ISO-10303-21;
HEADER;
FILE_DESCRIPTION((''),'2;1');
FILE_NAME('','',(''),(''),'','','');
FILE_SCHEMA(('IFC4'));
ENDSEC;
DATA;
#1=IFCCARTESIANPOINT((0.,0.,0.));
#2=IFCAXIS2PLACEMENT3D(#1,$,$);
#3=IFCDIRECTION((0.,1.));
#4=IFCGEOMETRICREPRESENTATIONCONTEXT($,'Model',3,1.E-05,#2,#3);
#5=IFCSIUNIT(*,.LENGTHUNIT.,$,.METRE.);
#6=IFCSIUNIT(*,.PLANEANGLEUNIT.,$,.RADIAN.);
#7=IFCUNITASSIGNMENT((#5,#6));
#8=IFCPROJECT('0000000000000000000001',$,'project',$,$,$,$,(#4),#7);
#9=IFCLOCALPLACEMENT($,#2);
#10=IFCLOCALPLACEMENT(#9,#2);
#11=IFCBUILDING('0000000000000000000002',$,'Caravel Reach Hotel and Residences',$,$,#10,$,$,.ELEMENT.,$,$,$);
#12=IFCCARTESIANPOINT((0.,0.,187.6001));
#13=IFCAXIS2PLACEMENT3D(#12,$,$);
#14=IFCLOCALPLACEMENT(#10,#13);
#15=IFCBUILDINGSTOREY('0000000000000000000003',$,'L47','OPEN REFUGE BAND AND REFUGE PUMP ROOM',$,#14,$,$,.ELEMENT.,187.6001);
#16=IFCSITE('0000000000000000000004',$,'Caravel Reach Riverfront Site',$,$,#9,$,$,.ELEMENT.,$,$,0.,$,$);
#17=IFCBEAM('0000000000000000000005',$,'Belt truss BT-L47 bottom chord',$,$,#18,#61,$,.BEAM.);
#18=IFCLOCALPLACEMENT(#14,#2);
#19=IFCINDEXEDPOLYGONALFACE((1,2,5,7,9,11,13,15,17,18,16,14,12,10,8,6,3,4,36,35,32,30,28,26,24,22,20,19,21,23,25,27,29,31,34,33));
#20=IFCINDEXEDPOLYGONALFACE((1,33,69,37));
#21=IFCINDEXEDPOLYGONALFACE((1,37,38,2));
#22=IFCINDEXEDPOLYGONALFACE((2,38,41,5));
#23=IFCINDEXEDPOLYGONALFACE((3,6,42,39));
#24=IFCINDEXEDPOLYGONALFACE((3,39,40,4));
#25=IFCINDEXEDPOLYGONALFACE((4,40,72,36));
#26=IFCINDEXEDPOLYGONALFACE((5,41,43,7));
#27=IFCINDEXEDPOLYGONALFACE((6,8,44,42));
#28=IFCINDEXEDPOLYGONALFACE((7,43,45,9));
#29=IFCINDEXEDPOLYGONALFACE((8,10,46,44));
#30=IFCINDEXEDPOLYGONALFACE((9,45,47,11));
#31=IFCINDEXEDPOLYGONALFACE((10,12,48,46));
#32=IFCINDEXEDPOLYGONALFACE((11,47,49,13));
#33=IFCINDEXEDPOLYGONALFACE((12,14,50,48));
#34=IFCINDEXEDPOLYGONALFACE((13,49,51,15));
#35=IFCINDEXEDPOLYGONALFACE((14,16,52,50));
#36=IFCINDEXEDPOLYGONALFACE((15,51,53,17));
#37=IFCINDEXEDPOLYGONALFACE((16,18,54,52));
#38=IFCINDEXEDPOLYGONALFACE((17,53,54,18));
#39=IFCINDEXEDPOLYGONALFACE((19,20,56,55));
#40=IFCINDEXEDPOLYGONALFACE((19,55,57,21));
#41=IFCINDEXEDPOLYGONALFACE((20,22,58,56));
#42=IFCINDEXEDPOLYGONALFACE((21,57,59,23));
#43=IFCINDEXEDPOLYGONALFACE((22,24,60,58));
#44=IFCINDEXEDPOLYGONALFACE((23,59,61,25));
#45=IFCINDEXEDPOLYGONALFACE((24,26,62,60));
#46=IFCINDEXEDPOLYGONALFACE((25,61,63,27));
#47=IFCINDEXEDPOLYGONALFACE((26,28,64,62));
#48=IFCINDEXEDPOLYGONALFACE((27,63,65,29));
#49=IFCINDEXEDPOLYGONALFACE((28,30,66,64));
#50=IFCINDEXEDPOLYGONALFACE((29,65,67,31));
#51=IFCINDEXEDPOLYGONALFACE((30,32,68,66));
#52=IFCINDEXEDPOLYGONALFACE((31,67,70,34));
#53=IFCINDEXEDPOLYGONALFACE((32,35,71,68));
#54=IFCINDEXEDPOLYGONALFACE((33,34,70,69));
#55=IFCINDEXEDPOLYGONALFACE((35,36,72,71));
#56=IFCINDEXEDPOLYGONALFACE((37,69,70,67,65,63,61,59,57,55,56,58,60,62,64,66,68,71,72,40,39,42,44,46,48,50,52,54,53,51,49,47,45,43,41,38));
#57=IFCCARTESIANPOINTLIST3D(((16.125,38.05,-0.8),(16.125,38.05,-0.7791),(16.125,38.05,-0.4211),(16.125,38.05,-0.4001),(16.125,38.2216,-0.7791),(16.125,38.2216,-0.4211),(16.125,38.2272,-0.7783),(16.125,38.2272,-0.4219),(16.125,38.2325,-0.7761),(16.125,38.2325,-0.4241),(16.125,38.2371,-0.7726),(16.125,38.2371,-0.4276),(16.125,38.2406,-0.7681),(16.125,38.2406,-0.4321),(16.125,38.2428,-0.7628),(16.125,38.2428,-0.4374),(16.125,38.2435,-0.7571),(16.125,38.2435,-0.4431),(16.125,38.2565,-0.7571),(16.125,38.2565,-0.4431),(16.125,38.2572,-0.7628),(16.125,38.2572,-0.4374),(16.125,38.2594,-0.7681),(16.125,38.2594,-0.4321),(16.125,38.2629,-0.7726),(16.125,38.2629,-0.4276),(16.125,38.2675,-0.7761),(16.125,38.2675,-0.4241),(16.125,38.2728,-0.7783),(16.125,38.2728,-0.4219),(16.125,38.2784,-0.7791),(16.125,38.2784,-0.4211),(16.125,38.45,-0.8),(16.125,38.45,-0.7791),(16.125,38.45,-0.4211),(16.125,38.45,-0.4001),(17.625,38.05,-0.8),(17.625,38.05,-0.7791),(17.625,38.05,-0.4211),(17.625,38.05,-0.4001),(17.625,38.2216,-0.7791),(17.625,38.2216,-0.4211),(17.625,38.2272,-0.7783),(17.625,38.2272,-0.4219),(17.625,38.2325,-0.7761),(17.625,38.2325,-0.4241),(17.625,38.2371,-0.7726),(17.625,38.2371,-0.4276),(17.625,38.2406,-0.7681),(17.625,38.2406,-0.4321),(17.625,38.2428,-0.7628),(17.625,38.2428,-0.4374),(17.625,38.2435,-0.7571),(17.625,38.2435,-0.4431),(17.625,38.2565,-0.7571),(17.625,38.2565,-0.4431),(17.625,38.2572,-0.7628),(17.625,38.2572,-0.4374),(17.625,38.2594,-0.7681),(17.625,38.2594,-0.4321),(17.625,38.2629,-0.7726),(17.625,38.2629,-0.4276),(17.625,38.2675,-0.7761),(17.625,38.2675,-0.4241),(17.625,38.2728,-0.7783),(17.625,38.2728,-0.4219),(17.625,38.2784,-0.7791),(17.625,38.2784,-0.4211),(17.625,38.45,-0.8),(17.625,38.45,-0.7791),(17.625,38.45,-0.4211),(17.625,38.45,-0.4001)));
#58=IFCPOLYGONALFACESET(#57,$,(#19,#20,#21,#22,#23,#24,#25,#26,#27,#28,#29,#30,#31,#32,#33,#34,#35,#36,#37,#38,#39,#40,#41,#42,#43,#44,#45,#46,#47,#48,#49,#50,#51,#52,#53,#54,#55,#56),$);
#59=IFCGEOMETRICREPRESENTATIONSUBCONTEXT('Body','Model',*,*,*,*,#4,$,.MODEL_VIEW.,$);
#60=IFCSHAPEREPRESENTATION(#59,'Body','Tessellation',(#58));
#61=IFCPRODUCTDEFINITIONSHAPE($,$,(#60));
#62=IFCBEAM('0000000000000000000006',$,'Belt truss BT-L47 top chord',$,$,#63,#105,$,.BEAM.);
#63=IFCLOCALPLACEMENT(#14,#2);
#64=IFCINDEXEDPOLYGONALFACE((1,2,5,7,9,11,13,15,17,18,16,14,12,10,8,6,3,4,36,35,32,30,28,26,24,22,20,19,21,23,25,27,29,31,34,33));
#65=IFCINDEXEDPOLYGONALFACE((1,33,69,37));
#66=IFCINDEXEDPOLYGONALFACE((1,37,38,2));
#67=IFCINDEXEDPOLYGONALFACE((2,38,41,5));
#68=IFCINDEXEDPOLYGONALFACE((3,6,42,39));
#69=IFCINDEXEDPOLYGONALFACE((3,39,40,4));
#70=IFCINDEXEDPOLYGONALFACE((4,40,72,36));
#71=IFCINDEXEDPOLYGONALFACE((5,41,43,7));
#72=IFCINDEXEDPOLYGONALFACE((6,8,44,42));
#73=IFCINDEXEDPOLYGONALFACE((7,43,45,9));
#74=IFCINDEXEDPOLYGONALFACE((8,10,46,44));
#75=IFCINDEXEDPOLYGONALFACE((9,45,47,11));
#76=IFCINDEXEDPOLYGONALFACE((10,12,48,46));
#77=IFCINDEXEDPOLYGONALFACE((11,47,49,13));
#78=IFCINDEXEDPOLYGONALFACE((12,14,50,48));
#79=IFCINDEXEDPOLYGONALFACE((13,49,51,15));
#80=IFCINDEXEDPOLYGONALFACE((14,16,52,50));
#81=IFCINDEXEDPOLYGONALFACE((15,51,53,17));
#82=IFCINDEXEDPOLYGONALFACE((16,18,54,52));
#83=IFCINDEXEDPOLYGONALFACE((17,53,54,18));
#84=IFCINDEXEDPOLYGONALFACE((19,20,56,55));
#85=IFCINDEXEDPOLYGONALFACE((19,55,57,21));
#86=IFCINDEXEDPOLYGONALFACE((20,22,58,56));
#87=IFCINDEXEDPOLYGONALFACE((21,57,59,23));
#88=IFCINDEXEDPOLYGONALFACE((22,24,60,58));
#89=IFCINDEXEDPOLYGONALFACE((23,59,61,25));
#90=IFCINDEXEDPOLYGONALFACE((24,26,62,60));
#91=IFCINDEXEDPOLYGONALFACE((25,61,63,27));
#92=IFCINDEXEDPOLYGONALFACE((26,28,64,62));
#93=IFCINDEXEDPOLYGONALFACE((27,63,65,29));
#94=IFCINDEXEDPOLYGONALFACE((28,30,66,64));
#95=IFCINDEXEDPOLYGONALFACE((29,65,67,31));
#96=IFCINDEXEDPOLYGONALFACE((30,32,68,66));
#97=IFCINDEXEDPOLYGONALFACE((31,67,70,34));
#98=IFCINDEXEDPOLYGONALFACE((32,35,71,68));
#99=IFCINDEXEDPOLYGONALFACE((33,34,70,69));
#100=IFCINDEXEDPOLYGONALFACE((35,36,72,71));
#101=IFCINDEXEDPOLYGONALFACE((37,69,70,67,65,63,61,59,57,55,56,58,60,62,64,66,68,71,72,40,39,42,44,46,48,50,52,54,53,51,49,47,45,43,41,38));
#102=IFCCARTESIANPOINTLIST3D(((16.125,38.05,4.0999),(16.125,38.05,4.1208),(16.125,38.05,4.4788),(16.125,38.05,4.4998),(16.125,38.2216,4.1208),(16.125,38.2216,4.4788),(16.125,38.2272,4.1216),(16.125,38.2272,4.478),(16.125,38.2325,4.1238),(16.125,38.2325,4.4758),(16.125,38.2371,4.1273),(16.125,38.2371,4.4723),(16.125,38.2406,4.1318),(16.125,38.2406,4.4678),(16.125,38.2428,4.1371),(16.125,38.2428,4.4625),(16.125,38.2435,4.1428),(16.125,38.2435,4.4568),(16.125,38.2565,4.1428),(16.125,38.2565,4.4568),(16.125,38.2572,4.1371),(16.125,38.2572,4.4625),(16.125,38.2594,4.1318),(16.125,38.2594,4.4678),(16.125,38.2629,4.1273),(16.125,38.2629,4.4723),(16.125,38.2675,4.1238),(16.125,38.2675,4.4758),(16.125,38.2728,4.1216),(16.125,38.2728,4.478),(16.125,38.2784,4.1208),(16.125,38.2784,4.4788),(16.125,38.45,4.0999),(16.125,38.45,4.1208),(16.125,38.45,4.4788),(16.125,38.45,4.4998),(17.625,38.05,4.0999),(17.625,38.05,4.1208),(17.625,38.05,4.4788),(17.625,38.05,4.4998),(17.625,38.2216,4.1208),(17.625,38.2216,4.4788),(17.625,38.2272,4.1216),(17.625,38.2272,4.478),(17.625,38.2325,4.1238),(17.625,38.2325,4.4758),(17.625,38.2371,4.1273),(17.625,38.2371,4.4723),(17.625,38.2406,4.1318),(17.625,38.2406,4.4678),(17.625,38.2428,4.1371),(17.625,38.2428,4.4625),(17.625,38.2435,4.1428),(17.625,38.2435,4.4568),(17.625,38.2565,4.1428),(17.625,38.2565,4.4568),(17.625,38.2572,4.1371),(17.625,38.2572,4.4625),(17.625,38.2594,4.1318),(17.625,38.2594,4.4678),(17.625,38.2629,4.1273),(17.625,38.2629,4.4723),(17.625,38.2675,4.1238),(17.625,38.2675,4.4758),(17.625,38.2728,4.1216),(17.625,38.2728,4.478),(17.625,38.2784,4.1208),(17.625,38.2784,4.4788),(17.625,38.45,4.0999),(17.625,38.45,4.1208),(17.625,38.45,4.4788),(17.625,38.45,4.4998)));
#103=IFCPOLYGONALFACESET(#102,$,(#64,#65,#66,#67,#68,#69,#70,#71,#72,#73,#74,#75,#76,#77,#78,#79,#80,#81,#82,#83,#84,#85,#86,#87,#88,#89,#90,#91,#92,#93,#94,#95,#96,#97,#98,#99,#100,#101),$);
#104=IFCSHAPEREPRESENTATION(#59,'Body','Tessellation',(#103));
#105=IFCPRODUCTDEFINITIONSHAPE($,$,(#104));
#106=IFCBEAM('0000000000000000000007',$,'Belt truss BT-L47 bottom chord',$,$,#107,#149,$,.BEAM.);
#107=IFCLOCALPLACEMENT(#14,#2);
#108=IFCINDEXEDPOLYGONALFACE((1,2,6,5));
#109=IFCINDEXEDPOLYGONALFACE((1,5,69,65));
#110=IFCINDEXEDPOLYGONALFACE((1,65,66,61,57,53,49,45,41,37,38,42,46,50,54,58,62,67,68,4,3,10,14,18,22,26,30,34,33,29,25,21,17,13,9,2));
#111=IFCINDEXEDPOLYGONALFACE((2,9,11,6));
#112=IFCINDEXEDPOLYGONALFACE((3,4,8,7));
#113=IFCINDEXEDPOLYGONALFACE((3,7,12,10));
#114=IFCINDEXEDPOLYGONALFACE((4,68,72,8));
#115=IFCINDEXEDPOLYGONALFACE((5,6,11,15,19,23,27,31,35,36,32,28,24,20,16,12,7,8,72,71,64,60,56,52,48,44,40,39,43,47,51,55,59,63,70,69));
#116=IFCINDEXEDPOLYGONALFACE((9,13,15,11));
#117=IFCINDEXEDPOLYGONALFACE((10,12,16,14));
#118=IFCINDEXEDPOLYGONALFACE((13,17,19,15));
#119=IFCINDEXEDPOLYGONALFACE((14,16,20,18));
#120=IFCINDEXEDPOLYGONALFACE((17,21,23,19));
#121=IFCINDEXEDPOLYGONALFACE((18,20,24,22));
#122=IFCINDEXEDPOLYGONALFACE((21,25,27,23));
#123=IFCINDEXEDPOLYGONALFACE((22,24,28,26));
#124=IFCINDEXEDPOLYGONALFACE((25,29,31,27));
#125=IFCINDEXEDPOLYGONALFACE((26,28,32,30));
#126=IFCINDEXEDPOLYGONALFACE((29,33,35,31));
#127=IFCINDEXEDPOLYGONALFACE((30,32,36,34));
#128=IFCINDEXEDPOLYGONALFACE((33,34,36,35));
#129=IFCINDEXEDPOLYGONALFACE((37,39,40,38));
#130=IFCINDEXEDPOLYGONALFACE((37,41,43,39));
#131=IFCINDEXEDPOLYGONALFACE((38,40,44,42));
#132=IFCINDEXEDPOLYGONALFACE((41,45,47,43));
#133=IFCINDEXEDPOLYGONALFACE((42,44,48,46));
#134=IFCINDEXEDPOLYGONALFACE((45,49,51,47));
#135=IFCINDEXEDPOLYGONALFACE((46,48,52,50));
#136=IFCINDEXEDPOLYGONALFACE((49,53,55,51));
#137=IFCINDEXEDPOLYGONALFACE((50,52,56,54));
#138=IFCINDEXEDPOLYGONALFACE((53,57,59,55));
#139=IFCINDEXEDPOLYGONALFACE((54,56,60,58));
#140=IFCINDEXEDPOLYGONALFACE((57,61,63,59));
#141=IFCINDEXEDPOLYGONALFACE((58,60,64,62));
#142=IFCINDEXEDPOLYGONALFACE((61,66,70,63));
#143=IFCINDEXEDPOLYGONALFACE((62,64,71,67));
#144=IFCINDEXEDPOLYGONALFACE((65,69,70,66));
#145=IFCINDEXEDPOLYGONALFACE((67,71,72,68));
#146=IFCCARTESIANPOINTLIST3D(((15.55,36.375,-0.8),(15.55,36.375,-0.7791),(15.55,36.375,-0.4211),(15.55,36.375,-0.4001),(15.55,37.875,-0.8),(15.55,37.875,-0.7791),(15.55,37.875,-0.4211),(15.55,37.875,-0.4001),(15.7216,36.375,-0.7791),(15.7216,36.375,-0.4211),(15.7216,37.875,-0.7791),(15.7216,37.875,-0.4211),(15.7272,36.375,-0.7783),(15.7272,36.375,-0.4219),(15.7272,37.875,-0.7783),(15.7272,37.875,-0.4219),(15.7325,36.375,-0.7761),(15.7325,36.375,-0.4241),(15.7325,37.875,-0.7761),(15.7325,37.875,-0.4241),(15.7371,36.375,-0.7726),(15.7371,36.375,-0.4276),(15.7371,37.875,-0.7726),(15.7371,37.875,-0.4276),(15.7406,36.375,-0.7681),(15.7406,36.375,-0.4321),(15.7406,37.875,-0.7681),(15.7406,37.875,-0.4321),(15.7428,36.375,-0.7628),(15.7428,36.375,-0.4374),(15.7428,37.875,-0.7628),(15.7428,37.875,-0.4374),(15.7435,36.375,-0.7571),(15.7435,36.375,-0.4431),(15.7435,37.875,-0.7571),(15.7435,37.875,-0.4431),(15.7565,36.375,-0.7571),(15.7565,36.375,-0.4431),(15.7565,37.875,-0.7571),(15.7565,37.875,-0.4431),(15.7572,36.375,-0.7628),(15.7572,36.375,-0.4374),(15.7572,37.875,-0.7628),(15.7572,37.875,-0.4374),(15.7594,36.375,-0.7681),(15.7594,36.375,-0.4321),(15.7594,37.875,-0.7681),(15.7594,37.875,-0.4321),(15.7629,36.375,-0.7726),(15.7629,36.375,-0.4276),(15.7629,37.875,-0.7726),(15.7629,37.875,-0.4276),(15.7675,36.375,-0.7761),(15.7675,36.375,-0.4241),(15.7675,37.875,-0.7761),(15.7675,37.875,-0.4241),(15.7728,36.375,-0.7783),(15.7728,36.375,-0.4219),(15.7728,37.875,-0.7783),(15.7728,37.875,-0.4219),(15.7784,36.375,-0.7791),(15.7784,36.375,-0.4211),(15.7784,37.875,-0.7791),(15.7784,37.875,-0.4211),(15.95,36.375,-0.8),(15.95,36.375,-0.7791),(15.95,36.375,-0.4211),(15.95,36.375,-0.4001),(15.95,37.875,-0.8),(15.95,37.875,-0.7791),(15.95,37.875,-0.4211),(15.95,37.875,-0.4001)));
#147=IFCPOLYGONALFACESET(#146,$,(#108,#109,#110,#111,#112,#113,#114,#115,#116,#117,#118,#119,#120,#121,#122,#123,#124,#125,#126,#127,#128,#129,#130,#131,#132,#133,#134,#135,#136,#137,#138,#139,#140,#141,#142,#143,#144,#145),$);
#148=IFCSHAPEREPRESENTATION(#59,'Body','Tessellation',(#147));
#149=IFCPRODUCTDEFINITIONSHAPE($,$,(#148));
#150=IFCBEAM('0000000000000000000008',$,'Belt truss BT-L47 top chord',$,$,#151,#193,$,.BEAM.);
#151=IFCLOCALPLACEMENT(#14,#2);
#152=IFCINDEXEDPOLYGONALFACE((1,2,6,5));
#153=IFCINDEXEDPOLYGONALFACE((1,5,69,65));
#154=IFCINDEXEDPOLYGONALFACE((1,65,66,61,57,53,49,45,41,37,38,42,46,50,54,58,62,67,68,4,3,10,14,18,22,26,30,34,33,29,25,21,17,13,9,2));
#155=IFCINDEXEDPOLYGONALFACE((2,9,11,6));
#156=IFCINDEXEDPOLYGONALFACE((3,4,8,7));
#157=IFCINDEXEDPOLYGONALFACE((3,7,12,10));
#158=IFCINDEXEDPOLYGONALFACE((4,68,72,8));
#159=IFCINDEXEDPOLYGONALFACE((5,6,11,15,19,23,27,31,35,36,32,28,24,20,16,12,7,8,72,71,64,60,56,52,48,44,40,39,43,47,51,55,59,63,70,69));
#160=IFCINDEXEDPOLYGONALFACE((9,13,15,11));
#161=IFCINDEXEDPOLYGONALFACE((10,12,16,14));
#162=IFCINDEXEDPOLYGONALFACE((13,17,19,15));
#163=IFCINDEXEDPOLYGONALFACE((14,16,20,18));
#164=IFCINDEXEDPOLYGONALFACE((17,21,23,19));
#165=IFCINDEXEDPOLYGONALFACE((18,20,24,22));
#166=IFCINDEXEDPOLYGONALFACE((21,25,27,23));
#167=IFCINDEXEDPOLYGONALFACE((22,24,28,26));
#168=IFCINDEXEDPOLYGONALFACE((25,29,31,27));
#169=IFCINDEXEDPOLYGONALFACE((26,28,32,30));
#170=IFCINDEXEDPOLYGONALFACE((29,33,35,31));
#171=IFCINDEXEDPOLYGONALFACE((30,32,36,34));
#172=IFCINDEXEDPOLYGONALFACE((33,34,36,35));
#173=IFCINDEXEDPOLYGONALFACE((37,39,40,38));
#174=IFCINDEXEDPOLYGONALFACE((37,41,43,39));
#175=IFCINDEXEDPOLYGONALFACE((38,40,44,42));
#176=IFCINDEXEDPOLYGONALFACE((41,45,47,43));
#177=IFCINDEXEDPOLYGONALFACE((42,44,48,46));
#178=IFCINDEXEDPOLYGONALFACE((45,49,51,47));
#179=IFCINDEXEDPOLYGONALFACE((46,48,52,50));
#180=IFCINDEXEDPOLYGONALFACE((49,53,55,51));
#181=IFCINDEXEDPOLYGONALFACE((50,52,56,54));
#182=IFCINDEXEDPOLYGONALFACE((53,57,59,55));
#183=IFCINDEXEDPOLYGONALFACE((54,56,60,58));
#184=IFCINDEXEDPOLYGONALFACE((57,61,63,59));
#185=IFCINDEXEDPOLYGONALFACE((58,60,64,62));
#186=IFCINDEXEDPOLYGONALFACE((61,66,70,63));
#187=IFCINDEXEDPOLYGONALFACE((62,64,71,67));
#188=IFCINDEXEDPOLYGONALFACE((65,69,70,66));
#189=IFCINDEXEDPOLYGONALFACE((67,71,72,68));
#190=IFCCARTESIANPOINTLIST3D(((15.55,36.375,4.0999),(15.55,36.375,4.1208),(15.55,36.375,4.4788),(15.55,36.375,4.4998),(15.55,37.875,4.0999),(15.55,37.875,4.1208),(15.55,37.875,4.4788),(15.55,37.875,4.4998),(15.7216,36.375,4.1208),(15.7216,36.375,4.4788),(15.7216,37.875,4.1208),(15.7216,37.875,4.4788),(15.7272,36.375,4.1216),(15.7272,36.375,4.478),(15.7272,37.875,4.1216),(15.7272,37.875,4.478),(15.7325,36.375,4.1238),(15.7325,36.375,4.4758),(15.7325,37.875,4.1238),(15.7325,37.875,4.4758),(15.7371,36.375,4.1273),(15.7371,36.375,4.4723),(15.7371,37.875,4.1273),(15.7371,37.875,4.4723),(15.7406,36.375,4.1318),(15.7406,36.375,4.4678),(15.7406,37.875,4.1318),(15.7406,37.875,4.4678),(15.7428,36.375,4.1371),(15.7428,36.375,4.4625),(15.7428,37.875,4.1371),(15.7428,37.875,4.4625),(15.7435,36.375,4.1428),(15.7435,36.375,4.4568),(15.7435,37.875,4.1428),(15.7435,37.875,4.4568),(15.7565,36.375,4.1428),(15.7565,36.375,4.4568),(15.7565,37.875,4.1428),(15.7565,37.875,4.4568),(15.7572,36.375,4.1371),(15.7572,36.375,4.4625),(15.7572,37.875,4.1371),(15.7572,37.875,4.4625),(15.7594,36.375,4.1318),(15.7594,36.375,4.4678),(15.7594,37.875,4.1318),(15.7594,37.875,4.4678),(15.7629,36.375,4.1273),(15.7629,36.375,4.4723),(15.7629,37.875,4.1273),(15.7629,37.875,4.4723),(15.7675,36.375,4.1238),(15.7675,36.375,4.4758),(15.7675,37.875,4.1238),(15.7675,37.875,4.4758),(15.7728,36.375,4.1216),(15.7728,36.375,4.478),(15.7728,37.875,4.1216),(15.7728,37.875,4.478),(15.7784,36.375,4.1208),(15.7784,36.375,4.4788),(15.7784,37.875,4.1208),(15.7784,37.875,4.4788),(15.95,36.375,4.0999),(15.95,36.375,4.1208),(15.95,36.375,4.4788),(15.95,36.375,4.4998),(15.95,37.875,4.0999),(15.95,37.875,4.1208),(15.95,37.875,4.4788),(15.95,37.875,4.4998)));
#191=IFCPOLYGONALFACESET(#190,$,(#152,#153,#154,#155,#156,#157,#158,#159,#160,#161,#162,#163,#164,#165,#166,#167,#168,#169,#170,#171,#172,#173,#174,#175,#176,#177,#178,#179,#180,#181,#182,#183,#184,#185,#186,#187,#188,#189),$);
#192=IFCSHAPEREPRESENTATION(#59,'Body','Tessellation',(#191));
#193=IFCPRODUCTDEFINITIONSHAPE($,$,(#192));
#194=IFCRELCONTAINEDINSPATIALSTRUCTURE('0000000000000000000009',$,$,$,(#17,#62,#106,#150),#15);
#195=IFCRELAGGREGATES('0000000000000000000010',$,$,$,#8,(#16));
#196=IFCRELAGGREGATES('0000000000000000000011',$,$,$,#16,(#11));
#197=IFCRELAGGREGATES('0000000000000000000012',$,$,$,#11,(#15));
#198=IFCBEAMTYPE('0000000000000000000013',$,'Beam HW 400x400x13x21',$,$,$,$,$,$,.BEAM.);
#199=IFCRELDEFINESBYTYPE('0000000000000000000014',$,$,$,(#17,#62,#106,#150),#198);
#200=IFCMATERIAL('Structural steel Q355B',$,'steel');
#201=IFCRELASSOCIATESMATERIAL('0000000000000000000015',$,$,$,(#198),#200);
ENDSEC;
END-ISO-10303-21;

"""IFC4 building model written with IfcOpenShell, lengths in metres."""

from ifc_helpers import new_model, si_unit, direction, frame, origin, origin_2d, place, context, subcontext, project, spatial, i_section, extrude, material, material_profile, profile_set, type_object, element, save


model = new_model("IFC4")

# Units and contexts
model_context = context("Model", 3, precision=1e-05, world=origin(), true_north=direction((0.0, 1.0)))
body_context = subcontext(model_context, "Body", "Model", "MODEL_VIEW")
ifc_project = project(units=[si_unit("LENGTHUNIT", "METRE"), si_unit("PLANEANGLEUNIT", "RADIAN")], contexts=[model_context])

# Site, building, storey
site_placement = place(None, origin())
site = spatial("IfcSite", under=ifc_project, at=site_placement, Name="Caravel Reach Riverfront Site", CompositionType="ELEMENT", RefElevation=0.0)
building_placement = place(site_placement, origin())
building = spatial("IfcBuilding", under=site, at=building_placement, Name="Caravel Reach Hotel and Residences", CompositionType="ELEMENT")
storey_placement = place(building_placement, frame((0.0, 0.0, 187.6001)))
storey = spatial("IfcBuildingStorey", under=building, at=storey_placement, Name="L47", Description="OPEN REFUGE BAND AND REFUGE PUMP ROOM", CompositionType="ELEMENT", Elevation=187.6001)

# Beams
ifc_material_1 = material(Name="Structural steel Q355B", Category="steel")
ifc_material_profile_1 = material_profile(ifc_material_1, i_section(OverallWidth=0.3999, OverallDepth=0.3999, WebThickness=0.0129, FlangeThickness=0.021, FilletRadius=0.022, at=origin_2d()), Name="HW 400x400x13x21")
ifc_profile_set_1 = profile_set([ifc_material_profile_1], Name="Structural steel Q355B")
beam_type = type_object("IfcBeamType", Name="Beam HW 400x400x13x21", PredefinedType="BEAM", material=ifc_profile_set_1)
for number, where, z_axis, x_axis, name in (
    (1, (17.625, 38.25, -0.6001), (-1.0, 0.0, 0.0), (0.0, -1.0, 0.0), "Belt truss BT-L47 bottom chord"),
    (2, (17.625, 38.25, 4.2998), (-1.0, 0.0, 0.0), (0.0, -1.0, 0.0), "Belt truss BT-L47 top chord"),
    (3, (15.75, 37.875, -0.6001), (0.0, -1.0, 0.0), (1.0, 0.0, 0.0), "Belt truss BT-L47 bottom chord"),
    (4, (15.75, 37.875, 4.2998), (0.0, -1.0, 0.0), (1.0, 0.0, 0.0), "Belt truss BT-L47 top chord"),
):
    element("IfcBeam", number, at=place(storey_placement, frame(where, z_axis=z_axis, x_axis=x_axis)), inside=storey, type_object=beam_type, Name=name, PredefinedType="BEAM", context=body_context, shape_type="SweptSolid", body=[
        extrude(i_section(OverallWidth=0.3999, OverallDepth=0.3999, WebThickness=0.0129, FlangeThickness=0.021, FilletRadius=0.022, at=origin_2d()), origin(), (0.0, 0.0, 1.0), 1.5),
    ])

save(model, "model.ifc")
